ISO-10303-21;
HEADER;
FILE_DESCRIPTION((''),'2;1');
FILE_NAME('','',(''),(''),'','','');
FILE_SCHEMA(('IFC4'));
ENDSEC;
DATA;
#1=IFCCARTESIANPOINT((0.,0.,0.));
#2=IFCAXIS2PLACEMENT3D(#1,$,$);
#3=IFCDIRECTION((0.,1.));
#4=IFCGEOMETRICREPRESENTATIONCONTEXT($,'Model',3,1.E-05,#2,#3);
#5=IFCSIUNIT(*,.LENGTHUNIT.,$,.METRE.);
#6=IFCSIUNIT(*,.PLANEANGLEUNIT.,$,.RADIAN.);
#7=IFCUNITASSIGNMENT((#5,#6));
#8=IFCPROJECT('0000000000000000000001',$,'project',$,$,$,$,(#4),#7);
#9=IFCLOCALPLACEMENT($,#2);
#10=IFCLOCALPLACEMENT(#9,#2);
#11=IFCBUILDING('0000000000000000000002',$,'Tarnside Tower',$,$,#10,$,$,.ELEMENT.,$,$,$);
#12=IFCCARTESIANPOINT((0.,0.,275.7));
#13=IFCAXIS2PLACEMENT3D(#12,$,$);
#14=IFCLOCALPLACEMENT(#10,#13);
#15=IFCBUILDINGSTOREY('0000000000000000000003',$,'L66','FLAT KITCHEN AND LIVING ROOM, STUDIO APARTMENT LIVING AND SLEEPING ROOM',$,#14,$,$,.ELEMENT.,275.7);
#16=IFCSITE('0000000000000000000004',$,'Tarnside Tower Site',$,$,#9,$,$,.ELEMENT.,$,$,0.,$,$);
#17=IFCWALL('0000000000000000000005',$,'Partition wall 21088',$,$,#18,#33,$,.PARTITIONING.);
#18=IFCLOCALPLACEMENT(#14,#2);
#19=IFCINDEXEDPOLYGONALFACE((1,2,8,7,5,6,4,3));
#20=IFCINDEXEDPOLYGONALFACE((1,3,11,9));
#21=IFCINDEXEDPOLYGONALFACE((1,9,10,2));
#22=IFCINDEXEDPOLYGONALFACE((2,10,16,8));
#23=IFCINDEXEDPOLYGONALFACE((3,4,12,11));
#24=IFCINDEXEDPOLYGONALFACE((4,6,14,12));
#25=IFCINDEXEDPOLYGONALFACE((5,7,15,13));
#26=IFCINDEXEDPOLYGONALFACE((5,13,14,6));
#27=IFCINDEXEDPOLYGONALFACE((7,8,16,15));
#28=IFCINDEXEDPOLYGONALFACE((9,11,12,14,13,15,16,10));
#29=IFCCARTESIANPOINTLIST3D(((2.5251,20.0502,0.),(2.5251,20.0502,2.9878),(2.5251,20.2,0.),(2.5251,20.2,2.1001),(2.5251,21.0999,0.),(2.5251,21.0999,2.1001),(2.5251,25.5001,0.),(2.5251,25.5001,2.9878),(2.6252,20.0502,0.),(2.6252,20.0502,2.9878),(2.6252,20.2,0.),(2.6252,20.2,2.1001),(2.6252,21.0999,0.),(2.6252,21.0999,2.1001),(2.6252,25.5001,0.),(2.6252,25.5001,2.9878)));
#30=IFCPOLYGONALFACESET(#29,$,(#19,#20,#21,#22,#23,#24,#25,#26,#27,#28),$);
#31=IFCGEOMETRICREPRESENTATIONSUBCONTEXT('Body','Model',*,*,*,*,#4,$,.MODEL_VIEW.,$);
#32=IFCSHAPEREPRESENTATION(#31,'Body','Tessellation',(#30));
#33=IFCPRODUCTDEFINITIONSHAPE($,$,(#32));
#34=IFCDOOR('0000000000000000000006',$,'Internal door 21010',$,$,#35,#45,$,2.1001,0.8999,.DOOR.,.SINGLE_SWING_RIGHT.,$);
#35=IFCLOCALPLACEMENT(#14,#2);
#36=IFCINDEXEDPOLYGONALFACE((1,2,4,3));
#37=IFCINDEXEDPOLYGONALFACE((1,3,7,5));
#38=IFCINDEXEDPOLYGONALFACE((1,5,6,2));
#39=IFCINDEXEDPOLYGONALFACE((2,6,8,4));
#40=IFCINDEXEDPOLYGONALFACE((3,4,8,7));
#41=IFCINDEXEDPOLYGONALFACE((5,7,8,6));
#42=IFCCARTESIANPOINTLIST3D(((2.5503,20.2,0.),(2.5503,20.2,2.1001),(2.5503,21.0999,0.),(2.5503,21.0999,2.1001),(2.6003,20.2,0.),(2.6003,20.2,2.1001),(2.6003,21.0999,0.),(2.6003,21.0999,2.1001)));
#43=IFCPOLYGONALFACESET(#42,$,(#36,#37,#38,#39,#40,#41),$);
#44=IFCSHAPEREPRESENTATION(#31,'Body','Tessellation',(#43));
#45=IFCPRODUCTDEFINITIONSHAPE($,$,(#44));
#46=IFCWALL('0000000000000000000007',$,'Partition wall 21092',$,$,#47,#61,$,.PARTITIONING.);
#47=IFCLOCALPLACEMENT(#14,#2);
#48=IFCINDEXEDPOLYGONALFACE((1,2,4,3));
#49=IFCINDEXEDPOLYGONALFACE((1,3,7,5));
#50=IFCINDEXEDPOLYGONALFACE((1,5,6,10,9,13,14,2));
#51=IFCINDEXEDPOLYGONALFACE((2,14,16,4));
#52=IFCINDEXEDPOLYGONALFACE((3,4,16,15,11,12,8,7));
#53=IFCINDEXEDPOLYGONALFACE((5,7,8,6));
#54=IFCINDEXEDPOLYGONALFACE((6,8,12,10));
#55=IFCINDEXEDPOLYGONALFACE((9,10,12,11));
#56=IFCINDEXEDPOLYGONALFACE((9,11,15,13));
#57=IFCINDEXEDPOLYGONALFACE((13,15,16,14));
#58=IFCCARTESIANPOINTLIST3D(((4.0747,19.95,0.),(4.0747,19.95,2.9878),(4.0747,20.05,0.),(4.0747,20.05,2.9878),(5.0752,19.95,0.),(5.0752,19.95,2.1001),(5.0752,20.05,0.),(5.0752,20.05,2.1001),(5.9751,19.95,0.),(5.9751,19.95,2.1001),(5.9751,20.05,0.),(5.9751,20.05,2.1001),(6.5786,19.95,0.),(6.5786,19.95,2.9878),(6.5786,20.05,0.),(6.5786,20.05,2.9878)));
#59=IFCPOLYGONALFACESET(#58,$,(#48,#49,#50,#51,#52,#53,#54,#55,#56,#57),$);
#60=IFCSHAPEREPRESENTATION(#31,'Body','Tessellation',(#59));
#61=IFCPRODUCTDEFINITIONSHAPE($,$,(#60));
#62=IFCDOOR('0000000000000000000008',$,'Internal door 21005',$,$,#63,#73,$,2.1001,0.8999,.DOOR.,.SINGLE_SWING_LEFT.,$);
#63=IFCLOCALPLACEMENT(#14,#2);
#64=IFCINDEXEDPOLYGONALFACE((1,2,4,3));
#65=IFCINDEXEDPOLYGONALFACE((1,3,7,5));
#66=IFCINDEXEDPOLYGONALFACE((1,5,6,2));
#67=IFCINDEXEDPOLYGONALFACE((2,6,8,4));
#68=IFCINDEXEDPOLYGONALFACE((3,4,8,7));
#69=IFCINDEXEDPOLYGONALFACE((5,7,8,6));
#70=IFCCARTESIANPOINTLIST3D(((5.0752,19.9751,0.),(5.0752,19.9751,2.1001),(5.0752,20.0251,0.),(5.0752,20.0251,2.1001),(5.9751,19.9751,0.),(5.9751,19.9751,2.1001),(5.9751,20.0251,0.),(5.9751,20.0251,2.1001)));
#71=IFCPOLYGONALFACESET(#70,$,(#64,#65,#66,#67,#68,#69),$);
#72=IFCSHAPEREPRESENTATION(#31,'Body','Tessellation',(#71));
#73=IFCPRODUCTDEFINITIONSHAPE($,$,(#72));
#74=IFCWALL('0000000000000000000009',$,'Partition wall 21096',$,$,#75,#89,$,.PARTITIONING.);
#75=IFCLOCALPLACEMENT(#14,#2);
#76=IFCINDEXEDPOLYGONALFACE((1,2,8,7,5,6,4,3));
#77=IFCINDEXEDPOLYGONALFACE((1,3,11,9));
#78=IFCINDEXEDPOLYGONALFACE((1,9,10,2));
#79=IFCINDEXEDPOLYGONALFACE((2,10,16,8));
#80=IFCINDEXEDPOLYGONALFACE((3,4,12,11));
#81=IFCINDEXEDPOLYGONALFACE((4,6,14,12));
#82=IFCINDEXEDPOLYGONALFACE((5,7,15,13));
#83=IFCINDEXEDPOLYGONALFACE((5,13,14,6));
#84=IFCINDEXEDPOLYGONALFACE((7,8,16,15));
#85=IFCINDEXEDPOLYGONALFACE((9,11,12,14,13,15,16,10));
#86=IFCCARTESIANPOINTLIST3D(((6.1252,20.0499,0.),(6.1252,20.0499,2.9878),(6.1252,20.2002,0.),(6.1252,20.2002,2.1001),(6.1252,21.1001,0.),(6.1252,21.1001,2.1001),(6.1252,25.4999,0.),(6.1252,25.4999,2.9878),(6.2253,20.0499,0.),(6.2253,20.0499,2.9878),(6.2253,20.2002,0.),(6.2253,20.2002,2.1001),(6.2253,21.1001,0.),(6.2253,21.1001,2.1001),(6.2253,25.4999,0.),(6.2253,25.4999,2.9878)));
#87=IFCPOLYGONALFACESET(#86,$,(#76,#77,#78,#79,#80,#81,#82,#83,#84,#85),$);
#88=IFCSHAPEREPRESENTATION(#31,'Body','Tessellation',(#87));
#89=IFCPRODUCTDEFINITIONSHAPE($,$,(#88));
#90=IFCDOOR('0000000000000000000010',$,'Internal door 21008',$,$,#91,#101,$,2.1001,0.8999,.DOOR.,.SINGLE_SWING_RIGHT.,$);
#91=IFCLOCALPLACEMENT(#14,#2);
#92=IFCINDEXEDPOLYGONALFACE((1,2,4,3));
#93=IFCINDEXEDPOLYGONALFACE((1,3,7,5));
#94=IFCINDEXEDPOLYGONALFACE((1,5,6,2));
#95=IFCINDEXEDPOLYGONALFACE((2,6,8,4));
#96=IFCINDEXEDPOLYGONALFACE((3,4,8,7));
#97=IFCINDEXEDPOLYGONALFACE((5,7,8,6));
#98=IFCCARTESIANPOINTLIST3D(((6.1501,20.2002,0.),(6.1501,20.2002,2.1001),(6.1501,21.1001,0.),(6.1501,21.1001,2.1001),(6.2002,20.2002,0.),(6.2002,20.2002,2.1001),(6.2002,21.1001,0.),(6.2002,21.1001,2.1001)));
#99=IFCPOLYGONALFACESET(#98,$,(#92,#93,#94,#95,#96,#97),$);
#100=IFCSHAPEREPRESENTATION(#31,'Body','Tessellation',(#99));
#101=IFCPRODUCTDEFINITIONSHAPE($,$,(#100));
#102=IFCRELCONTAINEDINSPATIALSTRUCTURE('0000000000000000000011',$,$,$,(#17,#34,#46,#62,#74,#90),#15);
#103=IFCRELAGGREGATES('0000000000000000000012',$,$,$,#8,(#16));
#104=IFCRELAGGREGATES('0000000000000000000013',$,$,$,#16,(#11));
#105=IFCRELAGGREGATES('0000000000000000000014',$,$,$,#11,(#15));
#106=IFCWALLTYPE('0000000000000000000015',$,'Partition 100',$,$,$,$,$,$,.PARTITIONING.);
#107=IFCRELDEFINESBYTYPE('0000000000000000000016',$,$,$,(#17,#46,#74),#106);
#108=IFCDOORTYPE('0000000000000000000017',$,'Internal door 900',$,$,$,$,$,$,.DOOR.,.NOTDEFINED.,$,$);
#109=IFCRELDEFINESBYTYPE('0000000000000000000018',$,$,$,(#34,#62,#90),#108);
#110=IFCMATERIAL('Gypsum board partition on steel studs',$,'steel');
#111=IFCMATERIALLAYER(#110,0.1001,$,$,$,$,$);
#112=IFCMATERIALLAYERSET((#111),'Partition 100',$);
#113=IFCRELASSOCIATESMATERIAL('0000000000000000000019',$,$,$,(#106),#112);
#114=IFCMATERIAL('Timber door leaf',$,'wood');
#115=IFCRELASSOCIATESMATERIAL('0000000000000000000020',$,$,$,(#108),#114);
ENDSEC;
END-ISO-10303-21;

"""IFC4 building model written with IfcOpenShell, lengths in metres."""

from ifc_helpers import new_model, si_unit, direction, frame, frame_2d, origin, place, context, subcontext, project, spatial, rectangle, extrude, material, layer, layer_set, type_object, element, fill, save


model = new_model("IFC4")

# Units and contexts
model_context = context("Model", 3, precision=1e-05, world=origin(), true_north=direction((0.0, 1.0)))
body_context = subcontext(model_context, "Body", "Model", "MODEL_VIEW")
ifc_project = project(units=[si_unit("LENGTHUNIT", "METRE"), si_unit("PLANEANGLEUNIT", "RADIAN")], contexts=[model_context])

# Site, building, storey
site_placement = place(None, origin())
site = spatial("IfcSite", under=ifc_project, at=site_placement, Name="Tarnside Tower Site", CompositionType="ELEMENT", RefElevation=0.0)
building_placement = place(site_placement, origin())
building = spatial("IfcBuilding", under=site, at=building_placement, Name="Tarnside Tower", CompositionType="ELEMENT")
storey_placement = place(building_placement, frame((0.0, 0.0, 275.7)))
storey = spatial("IfcBuildingStorey", under=building, at=storey_placement, Name="L66", Description="FLAT KITCHEN AND LIVING ROOM, STUDIO APARTMENT LIVING AND SLEEPING ROOM", CompositionType="ELEMENT", Elevation=275.7)

# Shared definitions
ifc_material_1 = material(Name="Gypsum board partition on steel studs", Category="steel")

# Shared definitions
ifc_material_2 = material(Name="Timber door leaf", Category="wood")

# Walls, openings, doors
ifc_layer_1 = layer(ifc_material_1, 0.1001)
ifc_layer_set_1 = layer_set([ifc_layer_1], Name="Partition 100")
wall_type_1 = type_object("IfcWallType", Name="Partition 100", PredefinedType="PARTITIONING", material=ifc_layer_set_1)
wall_1_placement = place(storey_placement, frame((2.5752, 20.05, 0.0), z_axis=(0.0, 0.0, 1.0), x_axis=(0.0, 1.0, 0.0)))
wall_1 = element("IfcWall", 1, at=wall_1_placement, inside=storey, type_object=wall_type_1, Name="Partition wall 21088", PredefinedType="PARTITIONING", context=body_context, shape_type="SweptSolid", body=[
    extrude(rectangle(XDim=5.45, YDim=0.1001, at=frame_2d((2.7251, 0.0))), origin(), (0.0, 0.0, 1.0), 2.9878),
])
opening_1_placement = place(wall_1_placement, frame((0.1499, 0.0, 0.0)))
opening_1 = element("IfcOpeningElement", 2, at=opening_1_placement, cuts=wall_1, PredefinedType="OPENING", context=body_context, shape_type="SweptSolid", body=[
    extrude(rectangle(XDim=0.8999, YDim=2.1001, at=frame_2d((0.45, 1.05))), frame((0.0, 0.0601, 0.0), z_axis=(0.0, -1.0, 0.0), x_axis=(1.0, 0.0, 0.0)), (0.0, 0.0, 1.0), 0.1201),
])
door_type_1 = type_object("IfcDoorType", Name="Internal door 900", OperationType="NOTDEFINED", PredefinedType="DOOR", material=ifc_material_2)
door_1_placement = place(opening_1_placement, origin())
door_1 = element("IfcDoor", 3, at=door_1_placement, inside=storey, type_object=door_type_1, Name="Internal door 21010", OperationType="SINGLE_SWING_RIGHT", OverallHeight=2.1001, OverallWidth=0.8999, PredefinedType="DOOR", context=body_context, shape_type="SweptSolid", body=[
    extrude(rectangle(XDim=0.8999, YDim=2.1001, at=frame_2d((0.45, 1.05))), frame((0.0, 0.0249, 0.0), z_axis=(0.0, -1.0, 0.0), x_axis=(1.0, 0.0, 0.0)), (0.0, 0.0, 1.0), 0.05),
])
fill(opening_1, door_1)
wall_2_placement = place(storey_placement, frame((6.5786, 20.0, 0.0), z_axis=(0.0, 0.0, 1.0), x_axis=(-1.0, 0.0, 0.0)))
wall_2 = element("IfcWall", 4, at=wall_2_placement, inside=storey, type_object=wall_type_1, Name="Partition wall 21092", PredefinedType="PARTITIONING", context=body_context, shape_type="SweptSolid", body=[
    extrude(rectangle(XDim=2.5039, YDim=0.1001, at=frame_2d((1.252, 0.0))), origin(), (0.0, 0.0, 1.0), 2.9878),
])
opening_2_placement = place(wall_2_placement, frame((0.6035, 0.0, 0.0)))
opening_2 = element("IfcOpeningElement", 5, at=opening_2_placement, cuts=wall_2, PredefinedType="OPENING", context=body_context, shape_type="SweptSolid", body=[
    extrude(rectangle(XDim=0.8999, YDim=2.1001, at=frame_2d((0.45, 1.05))), frame((0.0, 0.0601, 0.0), z_axis=(0.0, -1.0, 0.0), x_axis=(1.0, 0.0, 0.0)), (0.0, 0.0, 1.0), 0.1201),
])
door_2_placement = place(opening_2_placement, origin())
door_2 = element("IfcDoor", 6, at=door_2_placement, inside=storey, type_object=door_type_1, Name="Internal door 21005", OperationType="SINGLE_SWING_LEFT", OverallHeight=2.1001, OverallWidth=0.8999, PredefinedType="DOOR", context=body_context, shape_type="SweptSolid", body=[
    extrude(rectangle(XDim=0.8999, YDim=2.1001, at=frame_2d((0.45, 1.05))), frame((0.0, 0.0249, 0.0), z_axis=(0.0, -1.0, 0.0), x_axis=(1.0, 0.0, 0.0)), (0.0, 0.0, 1.0), 0.05),
])
fill(opening_2, door_2)
wall_3_placement = place(storey_placement, frame((6.1753, 25.5, 0.0), z_axis=(0.0, 0.0, 1.0), x_axis=(0.0, -1.0, 0.0)))
wall_3 = element("IfcWall", 7, at=wall_3_placement, inside=storey, type_object=wall_type_1, Name="Partition wall 21096", PredefinedType="PARTITIONING", context=body_context, shape_type="SweptSolid", body=[
    extrude(rectangle(XDim=5.45, YDim=0.1001, at=frame_2d((2.7251, 0.0))), origin(), (0.0, 0.0, 1.0), 2.9878),
])
opening_3_placement = place(wall_3_placement, frame((4.3999, 0.0, 0.0)))
opening_3 = element("IfcOpeningElement", 8, at=opening_3_placement, cuts=wall_3, PredefinedType="OPENING", context=body_context, shape_type="SweptSolid", body=[
    extrude(rectangle(XDim=0.8999, YDim=2.1001, at=frame_2d((0.45, 1.05))), frame((0.0, 0.0601, 0.0), z_axis=(0.0, -1.0, 0.0), x_axis=(1.0, 0.0, 0.0)), (0.0, 0.0, 1.0), 0.1201),
])
door_3_placement = place(opening_3_placement, origin())
door_3 = element("IfcDoor", 9, at=door_3_placement, inside=storey, type_object=door_type_1, Name="Internal door 21008", OperationType="SINGLE_SWING_RIGHT", OverallHeight=2.1001, OverallWidth=0.8999, PredefinedType="DOOR", context=body_context, shape_type="SweptSolid", body=[
    extrude(rectangle(XDim=0.8999, YDim=2.1001, at=frame_2d((0.45, 1.05))), frame((0.0, 0.0249, 0.0), z_axis=(0.0, -1.0, 0.0), x_axis=(1.0, 0.0, 0.0)), (0.0, 0.0, 1.0), 0.05),
])
fill(opening_3, door_3)

save(model, "model.ifc")
